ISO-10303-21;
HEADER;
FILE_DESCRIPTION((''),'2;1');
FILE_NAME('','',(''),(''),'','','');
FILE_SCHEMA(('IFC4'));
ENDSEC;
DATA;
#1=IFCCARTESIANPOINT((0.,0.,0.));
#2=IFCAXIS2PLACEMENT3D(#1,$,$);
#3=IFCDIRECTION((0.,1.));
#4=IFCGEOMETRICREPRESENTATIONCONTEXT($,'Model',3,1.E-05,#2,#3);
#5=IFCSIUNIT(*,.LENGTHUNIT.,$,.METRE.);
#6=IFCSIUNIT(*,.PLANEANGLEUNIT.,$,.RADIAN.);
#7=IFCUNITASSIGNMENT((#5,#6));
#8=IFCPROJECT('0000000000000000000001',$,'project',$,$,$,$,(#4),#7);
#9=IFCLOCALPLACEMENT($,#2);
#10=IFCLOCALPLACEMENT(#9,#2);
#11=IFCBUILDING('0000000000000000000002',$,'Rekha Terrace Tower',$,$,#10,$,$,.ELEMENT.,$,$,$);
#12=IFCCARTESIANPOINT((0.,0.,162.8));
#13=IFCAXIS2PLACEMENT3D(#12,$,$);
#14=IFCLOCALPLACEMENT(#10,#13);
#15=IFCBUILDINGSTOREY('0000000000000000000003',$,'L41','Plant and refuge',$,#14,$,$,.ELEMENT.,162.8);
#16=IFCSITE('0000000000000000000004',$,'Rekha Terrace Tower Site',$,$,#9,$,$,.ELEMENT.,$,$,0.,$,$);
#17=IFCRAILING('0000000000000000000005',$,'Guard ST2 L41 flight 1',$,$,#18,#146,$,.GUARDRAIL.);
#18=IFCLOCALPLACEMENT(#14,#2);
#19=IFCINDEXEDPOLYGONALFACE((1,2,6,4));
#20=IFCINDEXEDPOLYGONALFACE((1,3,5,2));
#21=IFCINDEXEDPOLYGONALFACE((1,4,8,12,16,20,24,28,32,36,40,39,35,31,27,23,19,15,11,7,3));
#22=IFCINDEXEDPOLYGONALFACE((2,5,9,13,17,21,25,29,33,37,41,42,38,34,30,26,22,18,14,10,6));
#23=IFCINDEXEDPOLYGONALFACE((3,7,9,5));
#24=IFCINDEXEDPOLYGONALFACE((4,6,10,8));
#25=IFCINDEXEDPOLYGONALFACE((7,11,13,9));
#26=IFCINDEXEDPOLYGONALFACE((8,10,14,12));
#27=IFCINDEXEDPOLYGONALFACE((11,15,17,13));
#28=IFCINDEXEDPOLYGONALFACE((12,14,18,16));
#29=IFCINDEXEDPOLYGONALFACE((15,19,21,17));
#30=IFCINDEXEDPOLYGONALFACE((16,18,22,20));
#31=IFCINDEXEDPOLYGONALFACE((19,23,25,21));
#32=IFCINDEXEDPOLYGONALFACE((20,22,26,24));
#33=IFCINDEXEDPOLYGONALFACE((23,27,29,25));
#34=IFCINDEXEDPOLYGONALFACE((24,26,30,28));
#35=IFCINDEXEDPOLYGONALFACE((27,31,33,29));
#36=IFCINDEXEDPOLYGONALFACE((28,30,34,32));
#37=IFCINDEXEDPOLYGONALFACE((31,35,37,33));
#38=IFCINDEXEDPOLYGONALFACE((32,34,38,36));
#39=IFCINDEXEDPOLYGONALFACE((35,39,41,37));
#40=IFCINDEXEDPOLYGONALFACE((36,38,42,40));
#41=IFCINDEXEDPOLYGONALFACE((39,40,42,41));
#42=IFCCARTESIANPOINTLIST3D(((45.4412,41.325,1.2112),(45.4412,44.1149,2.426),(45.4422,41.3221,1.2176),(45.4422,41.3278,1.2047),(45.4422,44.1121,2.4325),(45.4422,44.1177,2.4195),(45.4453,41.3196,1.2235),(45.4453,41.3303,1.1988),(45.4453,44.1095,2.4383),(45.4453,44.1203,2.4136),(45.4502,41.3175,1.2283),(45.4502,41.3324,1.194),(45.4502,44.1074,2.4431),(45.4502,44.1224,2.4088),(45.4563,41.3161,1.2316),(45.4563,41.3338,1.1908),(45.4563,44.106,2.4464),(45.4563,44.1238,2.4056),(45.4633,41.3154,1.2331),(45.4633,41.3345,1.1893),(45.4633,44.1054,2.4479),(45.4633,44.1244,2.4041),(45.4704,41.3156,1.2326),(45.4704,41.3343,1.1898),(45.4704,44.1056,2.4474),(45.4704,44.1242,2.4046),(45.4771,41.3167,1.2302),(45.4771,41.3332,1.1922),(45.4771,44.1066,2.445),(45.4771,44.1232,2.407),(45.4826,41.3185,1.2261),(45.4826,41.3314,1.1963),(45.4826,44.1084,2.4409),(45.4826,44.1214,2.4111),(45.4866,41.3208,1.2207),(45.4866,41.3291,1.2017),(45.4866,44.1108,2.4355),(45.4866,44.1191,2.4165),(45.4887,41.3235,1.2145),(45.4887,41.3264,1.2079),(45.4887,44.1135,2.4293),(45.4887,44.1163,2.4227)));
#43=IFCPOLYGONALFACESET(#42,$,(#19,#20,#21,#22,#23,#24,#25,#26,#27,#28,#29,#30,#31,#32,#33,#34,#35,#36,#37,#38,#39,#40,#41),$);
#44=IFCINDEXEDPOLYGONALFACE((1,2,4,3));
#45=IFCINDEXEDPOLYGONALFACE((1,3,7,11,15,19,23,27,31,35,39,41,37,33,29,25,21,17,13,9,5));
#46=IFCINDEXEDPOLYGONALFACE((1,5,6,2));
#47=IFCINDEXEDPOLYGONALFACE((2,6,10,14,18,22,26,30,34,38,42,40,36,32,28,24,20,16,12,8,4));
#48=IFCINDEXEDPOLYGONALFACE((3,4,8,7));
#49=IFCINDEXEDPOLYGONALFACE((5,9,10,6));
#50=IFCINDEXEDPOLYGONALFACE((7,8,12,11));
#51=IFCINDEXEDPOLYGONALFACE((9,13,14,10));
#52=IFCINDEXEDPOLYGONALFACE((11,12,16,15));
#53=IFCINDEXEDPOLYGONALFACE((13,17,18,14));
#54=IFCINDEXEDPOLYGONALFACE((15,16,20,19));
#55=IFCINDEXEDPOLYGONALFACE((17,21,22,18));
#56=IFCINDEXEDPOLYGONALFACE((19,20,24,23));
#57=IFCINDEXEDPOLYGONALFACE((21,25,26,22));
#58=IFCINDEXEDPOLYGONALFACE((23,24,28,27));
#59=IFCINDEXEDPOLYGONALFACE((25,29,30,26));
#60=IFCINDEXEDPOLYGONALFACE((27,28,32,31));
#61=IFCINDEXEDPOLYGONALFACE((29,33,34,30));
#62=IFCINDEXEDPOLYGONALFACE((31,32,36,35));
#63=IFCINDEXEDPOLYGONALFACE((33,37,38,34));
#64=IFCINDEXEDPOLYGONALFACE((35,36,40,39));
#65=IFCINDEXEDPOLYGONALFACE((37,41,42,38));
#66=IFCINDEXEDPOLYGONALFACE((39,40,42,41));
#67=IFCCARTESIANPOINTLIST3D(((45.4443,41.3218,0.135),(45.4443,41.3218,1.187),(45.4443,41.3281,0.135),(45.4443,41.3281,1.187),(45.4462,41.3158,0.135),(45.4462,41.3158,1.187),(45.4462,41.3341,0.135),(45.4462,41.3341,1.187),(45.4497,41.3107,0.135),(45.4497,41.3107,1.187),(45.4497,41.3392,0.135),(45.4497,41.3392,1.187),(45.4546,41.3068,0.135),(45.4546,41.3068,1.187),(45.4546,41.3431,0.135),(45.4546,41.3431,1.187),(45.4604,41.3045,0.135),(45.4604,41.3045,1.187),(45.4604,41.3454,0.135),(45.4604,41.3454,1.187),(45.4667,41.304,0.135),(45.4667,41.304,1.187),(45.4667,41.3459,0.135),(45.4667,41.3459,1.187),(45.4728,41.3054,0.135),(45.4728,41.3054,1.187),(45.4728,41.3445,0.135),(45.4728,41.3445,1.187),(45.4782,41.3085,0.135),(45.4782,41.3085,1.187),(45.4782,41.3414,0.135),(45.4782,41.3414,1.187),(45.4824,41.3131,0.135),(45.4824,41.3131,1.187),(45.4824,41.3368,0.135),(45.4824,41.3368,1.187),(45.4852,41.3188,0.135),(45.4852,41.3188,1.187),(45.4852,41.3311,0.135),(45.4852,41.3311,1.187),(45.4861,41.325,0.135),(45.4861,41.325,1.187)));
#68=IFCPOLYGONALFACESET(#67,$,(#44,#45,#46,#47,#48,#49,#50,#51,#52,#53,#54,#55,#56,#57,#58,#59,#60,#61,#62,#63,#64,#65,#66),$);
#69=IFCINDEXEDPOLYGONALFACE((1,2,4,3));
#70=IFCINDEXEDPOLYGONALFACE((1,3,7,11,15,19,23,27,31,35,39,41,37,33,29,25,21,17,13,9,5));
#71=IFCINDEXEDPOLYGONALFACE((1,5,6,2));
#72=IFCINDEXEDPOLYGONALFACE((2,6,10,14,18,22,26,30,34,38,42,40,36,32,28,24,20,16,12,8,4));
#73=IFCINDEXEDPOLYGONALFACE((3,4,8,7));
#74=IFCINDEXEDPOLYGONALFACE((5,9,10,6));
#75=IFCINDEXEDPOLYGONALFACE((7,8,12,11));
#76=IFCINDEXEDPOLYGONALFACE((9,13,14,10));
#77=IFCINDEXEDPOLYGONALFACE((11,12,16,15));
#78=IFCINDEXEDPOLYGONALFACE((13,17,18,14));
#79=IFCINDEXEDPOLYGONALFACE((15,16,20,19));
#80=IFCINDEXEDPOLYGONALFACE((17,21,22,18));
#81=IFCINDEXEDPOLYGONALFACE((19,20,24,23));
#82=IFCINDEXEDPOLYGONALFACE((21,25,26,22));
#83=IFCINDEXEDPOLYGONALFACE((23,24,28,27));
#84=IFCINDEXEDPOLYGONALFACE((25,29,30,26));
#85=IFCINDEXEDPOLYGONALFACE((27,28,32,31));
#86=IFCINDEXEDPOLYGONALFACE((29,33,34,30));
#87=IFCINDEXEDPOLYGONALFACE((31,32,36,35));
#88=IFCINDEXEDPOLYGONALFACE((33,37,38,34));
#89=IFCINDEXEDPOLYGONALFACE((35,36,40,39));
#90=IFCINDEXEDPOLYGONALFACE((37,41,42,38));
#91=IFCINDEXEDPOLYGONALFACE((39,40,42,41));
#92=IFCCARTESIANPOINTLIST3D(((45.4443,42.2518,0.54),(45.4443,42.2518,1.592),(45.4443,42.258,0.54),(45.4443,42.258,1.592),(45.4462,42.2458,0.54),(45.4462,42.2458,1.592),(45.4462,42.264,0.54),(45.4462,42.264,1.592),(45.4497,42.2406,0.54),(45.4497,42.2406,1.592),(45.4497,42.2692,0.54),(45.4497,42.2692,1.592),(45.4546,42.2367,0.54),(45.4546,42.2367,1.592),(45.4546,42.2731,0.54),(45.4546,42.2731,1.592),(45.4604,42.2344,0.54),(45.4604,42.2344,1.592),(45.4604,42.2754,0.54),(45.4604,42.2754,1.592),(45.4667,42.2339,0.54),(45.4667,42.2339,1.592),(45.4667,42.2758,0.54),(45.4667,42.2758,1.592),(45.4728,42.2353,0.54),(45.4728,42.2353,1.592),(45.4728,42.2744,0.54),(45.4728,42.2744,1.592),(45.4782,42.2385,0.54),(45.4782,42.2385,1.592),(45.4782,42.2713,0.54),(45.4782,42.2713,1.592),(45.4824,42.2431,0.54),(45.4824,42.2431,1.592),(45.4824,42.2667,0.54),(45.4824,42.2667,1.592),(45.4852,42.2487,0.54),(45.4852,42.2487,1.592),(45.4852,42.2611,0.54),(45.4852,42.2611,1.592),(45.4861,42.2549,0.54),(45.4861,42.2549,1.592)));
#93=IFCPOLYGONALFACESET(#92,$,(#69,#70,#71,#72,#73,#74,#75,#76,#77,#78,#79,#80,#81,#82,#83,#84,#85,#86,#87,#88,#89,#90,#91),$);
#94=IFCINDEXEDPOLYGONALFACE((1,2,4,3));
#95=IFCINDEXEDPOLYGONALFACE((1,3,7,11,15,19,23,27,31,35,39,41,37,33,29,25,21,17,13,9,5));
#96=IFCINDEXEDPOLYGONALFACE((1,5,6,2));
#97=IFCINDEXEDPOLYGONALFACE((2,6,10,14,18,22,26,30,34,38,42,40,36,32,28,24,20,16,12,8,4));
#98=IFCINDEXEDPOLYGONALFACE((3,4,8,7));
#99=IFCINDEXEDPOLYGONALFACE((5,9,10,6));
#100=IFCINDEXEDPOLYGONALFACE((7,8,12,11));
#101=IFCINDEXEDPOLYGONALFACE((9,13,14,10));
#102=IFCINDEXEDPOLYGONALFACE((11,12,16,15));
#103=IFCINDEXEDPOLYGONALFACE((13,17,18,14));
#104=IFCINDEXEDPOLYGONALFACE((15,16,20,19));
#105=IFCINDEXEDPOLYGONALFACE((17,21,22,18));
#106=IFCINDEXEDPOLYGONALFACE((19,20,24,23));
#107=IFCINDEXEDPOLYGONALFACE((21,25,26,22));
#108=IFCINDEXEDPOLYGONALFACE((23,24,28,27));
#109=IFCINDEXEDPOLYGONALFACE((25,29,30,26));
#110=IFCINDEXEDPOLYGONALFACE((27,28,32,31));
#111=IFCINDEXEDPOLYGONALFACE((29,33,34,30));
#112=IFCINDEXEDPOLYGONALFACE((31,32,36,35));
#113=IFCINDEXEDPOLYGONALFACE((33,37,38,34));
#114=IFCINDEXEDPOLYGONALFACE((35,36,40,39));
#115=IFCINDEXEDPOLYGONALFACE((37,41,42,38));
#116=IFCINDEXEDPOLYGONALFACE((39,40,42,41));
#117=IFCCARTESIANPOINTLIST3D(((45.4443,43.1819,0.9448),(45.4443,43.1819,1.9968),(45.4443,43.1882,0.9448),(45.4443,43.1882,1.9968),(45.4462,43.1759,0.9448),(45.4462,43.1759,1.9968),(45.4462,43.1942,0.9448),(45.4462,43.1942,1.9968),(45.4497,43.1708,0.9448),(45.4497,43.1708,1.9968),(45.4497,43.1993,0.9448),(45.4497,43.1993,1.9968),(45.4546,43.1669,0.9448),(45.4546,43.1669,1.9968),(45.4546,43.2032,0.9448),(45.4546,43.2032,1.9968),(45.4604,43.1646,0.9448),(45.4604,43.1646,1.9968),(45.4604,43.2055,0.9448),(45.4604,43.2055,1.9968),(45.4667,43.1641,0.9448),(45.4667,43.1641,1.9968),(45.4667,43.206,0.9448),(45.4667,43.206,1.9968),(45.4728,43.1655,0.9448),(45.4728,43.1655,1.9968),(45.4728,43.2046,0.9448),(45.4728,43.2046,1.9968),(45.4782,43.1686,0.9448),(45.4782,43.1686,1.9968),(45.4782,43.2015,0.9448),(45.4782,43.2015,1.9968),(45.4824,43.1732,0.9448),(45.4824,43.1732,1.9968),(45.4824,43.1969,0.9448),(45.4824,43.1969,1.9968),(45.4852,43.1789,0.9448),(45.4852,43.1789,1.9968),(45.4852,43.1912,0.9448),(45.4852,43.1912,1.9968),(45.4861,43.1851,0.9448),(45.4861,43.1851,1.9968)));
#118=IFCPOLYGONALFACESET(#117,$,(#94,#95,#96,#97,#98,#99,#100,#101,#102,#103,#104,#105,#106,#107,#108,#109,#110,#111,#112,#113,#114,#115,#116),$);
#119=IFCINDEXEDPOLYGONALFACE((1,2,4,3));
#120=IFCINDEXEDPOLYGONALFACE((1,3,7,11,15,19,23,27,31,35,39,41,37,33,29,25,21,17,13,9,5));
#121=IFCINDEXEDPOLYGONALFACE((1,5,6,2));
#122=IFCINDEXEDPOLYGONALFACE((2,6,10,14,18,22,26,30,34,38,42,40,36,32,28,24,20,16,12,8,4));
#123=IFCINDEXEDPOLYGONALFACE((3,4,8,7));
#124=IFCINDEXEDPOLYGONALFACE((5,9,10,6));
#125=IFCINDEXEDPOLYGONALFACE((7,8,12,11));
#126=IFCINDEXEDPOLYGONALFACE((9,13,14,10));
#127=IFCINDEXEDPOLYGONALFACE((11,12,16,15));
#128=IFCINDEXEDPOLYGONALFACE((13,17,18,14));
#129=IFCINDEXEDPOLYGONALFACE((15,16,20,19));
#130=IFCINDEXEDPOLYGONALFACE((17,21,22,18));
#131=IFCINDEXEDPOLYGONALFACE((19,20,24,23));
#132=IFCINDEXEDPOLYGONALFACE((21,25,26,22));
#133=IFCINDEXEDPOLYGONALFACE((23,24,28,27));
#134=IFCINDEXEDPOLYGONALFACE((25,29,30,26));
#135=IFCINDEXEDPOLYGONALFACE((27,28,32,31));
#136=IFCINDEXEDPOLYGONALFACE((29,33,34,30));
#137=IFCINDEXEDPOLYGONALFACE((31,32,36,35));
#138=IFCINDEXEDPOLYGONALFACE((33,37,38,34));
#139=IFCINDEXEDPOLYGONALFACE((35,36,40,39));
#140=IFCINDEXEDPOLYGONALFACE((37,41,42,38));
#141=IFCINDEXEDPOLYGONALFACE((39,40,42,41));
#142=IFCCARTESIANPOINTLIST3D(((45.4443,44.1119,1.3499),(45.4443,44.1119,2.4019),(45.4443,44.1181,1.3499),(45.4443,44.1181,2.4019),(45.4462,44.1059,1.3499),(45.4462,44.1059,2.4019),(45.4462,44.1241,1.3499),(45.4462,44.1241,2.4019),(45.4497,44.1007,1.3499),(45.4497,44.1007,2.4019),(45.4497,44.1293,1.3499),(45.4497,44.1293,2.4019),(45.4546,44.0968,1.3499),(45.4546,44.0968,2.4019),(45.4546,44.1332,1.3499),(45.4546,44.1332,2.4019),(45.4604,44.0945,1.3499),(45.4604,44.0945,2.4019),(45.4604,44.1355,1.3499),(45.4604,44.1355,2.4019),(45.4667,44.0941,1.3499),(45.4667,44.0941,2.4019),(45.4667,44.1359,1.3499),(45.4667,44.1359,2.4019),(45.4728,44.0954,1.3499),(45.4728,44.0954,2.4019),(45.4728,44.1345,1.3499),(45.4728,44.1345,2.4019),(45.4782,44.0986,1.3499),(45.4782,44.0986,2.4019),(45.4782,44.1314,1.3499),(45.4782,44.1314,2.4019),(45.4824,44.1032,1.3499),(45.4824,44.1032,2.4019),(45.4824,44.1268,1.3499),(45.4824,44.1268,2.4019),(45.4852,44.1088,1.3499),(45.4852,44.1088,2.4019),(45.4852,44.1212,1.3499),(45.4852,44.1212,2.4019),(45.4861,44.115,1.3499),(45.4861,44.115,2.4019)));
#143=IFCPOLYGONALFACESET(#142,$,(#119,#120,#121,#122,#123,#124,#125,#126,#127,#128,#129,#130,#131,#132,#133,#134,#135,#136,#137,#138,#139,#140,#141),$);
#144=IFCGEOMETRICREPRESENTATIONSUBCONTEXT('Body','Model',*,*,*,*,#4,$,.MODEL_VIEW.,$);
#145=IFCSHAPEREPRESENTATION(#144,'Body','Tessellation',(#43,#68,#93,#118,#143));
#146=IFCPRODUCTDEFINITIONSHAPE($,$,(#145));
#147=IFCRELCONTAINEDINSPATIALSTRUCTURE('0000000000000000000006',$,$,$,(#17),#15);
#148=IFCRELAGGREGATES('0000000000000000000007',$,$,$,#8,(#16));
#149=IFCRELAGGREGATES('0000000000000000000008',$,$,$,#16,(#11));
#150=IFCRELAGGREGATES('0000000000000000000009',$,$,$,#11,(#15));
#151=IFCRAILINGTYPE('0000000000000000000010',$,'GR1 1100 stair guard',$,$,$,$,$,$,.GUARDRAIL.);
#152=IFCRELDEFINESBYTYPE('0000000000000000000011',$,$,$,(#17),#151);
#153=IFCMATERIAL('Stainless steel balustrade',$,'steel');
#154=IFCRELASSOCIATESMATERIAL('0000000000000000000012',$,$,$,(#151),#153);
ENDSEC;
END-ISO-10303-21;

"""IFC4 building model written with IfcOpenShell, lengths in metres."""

from ifc_helpers import new_model, si_unit, direction, frame, origin, origin_2d, place, context, subcontext, project, spatial, circle, extrude, material, type_object, element, save


model = new_model("IFC4")

# Units and contexts
model_context = context("Model", 3, precision=1e-05, world=origin(), true_north=direction((0.0, 1.0)))
body_context = subcontext(model_context, "Body", "Model", "MODEL_VIEW")
ifc_project = project(units=[si_unit("LENGTHUNIT", "METRE"), si_unit("PLANEANGLEUNIT", "RADIAN")], contexts=[model_context])

# Site, building, storey
site_placement = place(None, origin())
site = spatial("IfcSite", under=ifc_project, at=site_placement, Name="Rekha Terrace Tower Site", CompositionType="ELEMENT", RefElevation=0.0)
building_placement = place(site_placement, origin())
building = spatial("IfcBuilding", under=site, at=building_placement, Name="Rekha Terrace Tower", CompositionType="ELEMENT")
storey_placement = place(building_placement, frame((0.0, 0.0, 162.8)))
storey = spatial("IfcBuildingStorey", under=building, at=storey_placement, Name="L41", Description="Plant and refuge", CompositionType="ELEMENT", Elevation=162.8)

# Railing
ifc_material_1 = material(Name="Stainless steel balustrade", Category="steel")
railing_type_1 = type_object("IfcRailingType", Name="GR1 1100 stair guard", PredefinedType="GUARDRAIL", material=ifc_material_1)
railing_1_placement = place(storey_placement, frame((45.4651, 41.325, 0.135)))
element("IfcRailing", 1, at=railing_1_placement, inside=storey, type_object=railing_type_1, Name="Guard ST2 L41 flight 1", PredefinedType="GUARDRAIL", context=body_context, shape_type="SweptSolid", body=[
    extrude(circle(Radius=0.0239, at=origin_2d()), frame((0.0, 0.0, 1.0762), z_axis=(0.0, 0.916856, 0.399219), x_axis=(-1.0, 0.0, 0.0)), (0.0, 0.0, 1.0), 3.043),
    extrude(circle(Radius=0.021, at=origin_2d()), origin(), (0.0, 0.0, 1.0), 1.052),
    extrude(circle(Radius=0.021, at=origin_2d()), frame((0.0, 0.9299, 0.405)), (0.0, 0.0, 1.0), 1.052),
    extrude(circle(Radius=0.021, at=origin_2d()), frame((0.0, 1.8601, 0.8098)), (0.0, 0.0, 1.0), 1.052),
    extrude(circle(Radius=0.021, at=origin_2d()), frame((0.0, 2.79, 1.2148)), (0.0, 0.0, 1.0), 1.052),
])

save(model, "model.ifc")
